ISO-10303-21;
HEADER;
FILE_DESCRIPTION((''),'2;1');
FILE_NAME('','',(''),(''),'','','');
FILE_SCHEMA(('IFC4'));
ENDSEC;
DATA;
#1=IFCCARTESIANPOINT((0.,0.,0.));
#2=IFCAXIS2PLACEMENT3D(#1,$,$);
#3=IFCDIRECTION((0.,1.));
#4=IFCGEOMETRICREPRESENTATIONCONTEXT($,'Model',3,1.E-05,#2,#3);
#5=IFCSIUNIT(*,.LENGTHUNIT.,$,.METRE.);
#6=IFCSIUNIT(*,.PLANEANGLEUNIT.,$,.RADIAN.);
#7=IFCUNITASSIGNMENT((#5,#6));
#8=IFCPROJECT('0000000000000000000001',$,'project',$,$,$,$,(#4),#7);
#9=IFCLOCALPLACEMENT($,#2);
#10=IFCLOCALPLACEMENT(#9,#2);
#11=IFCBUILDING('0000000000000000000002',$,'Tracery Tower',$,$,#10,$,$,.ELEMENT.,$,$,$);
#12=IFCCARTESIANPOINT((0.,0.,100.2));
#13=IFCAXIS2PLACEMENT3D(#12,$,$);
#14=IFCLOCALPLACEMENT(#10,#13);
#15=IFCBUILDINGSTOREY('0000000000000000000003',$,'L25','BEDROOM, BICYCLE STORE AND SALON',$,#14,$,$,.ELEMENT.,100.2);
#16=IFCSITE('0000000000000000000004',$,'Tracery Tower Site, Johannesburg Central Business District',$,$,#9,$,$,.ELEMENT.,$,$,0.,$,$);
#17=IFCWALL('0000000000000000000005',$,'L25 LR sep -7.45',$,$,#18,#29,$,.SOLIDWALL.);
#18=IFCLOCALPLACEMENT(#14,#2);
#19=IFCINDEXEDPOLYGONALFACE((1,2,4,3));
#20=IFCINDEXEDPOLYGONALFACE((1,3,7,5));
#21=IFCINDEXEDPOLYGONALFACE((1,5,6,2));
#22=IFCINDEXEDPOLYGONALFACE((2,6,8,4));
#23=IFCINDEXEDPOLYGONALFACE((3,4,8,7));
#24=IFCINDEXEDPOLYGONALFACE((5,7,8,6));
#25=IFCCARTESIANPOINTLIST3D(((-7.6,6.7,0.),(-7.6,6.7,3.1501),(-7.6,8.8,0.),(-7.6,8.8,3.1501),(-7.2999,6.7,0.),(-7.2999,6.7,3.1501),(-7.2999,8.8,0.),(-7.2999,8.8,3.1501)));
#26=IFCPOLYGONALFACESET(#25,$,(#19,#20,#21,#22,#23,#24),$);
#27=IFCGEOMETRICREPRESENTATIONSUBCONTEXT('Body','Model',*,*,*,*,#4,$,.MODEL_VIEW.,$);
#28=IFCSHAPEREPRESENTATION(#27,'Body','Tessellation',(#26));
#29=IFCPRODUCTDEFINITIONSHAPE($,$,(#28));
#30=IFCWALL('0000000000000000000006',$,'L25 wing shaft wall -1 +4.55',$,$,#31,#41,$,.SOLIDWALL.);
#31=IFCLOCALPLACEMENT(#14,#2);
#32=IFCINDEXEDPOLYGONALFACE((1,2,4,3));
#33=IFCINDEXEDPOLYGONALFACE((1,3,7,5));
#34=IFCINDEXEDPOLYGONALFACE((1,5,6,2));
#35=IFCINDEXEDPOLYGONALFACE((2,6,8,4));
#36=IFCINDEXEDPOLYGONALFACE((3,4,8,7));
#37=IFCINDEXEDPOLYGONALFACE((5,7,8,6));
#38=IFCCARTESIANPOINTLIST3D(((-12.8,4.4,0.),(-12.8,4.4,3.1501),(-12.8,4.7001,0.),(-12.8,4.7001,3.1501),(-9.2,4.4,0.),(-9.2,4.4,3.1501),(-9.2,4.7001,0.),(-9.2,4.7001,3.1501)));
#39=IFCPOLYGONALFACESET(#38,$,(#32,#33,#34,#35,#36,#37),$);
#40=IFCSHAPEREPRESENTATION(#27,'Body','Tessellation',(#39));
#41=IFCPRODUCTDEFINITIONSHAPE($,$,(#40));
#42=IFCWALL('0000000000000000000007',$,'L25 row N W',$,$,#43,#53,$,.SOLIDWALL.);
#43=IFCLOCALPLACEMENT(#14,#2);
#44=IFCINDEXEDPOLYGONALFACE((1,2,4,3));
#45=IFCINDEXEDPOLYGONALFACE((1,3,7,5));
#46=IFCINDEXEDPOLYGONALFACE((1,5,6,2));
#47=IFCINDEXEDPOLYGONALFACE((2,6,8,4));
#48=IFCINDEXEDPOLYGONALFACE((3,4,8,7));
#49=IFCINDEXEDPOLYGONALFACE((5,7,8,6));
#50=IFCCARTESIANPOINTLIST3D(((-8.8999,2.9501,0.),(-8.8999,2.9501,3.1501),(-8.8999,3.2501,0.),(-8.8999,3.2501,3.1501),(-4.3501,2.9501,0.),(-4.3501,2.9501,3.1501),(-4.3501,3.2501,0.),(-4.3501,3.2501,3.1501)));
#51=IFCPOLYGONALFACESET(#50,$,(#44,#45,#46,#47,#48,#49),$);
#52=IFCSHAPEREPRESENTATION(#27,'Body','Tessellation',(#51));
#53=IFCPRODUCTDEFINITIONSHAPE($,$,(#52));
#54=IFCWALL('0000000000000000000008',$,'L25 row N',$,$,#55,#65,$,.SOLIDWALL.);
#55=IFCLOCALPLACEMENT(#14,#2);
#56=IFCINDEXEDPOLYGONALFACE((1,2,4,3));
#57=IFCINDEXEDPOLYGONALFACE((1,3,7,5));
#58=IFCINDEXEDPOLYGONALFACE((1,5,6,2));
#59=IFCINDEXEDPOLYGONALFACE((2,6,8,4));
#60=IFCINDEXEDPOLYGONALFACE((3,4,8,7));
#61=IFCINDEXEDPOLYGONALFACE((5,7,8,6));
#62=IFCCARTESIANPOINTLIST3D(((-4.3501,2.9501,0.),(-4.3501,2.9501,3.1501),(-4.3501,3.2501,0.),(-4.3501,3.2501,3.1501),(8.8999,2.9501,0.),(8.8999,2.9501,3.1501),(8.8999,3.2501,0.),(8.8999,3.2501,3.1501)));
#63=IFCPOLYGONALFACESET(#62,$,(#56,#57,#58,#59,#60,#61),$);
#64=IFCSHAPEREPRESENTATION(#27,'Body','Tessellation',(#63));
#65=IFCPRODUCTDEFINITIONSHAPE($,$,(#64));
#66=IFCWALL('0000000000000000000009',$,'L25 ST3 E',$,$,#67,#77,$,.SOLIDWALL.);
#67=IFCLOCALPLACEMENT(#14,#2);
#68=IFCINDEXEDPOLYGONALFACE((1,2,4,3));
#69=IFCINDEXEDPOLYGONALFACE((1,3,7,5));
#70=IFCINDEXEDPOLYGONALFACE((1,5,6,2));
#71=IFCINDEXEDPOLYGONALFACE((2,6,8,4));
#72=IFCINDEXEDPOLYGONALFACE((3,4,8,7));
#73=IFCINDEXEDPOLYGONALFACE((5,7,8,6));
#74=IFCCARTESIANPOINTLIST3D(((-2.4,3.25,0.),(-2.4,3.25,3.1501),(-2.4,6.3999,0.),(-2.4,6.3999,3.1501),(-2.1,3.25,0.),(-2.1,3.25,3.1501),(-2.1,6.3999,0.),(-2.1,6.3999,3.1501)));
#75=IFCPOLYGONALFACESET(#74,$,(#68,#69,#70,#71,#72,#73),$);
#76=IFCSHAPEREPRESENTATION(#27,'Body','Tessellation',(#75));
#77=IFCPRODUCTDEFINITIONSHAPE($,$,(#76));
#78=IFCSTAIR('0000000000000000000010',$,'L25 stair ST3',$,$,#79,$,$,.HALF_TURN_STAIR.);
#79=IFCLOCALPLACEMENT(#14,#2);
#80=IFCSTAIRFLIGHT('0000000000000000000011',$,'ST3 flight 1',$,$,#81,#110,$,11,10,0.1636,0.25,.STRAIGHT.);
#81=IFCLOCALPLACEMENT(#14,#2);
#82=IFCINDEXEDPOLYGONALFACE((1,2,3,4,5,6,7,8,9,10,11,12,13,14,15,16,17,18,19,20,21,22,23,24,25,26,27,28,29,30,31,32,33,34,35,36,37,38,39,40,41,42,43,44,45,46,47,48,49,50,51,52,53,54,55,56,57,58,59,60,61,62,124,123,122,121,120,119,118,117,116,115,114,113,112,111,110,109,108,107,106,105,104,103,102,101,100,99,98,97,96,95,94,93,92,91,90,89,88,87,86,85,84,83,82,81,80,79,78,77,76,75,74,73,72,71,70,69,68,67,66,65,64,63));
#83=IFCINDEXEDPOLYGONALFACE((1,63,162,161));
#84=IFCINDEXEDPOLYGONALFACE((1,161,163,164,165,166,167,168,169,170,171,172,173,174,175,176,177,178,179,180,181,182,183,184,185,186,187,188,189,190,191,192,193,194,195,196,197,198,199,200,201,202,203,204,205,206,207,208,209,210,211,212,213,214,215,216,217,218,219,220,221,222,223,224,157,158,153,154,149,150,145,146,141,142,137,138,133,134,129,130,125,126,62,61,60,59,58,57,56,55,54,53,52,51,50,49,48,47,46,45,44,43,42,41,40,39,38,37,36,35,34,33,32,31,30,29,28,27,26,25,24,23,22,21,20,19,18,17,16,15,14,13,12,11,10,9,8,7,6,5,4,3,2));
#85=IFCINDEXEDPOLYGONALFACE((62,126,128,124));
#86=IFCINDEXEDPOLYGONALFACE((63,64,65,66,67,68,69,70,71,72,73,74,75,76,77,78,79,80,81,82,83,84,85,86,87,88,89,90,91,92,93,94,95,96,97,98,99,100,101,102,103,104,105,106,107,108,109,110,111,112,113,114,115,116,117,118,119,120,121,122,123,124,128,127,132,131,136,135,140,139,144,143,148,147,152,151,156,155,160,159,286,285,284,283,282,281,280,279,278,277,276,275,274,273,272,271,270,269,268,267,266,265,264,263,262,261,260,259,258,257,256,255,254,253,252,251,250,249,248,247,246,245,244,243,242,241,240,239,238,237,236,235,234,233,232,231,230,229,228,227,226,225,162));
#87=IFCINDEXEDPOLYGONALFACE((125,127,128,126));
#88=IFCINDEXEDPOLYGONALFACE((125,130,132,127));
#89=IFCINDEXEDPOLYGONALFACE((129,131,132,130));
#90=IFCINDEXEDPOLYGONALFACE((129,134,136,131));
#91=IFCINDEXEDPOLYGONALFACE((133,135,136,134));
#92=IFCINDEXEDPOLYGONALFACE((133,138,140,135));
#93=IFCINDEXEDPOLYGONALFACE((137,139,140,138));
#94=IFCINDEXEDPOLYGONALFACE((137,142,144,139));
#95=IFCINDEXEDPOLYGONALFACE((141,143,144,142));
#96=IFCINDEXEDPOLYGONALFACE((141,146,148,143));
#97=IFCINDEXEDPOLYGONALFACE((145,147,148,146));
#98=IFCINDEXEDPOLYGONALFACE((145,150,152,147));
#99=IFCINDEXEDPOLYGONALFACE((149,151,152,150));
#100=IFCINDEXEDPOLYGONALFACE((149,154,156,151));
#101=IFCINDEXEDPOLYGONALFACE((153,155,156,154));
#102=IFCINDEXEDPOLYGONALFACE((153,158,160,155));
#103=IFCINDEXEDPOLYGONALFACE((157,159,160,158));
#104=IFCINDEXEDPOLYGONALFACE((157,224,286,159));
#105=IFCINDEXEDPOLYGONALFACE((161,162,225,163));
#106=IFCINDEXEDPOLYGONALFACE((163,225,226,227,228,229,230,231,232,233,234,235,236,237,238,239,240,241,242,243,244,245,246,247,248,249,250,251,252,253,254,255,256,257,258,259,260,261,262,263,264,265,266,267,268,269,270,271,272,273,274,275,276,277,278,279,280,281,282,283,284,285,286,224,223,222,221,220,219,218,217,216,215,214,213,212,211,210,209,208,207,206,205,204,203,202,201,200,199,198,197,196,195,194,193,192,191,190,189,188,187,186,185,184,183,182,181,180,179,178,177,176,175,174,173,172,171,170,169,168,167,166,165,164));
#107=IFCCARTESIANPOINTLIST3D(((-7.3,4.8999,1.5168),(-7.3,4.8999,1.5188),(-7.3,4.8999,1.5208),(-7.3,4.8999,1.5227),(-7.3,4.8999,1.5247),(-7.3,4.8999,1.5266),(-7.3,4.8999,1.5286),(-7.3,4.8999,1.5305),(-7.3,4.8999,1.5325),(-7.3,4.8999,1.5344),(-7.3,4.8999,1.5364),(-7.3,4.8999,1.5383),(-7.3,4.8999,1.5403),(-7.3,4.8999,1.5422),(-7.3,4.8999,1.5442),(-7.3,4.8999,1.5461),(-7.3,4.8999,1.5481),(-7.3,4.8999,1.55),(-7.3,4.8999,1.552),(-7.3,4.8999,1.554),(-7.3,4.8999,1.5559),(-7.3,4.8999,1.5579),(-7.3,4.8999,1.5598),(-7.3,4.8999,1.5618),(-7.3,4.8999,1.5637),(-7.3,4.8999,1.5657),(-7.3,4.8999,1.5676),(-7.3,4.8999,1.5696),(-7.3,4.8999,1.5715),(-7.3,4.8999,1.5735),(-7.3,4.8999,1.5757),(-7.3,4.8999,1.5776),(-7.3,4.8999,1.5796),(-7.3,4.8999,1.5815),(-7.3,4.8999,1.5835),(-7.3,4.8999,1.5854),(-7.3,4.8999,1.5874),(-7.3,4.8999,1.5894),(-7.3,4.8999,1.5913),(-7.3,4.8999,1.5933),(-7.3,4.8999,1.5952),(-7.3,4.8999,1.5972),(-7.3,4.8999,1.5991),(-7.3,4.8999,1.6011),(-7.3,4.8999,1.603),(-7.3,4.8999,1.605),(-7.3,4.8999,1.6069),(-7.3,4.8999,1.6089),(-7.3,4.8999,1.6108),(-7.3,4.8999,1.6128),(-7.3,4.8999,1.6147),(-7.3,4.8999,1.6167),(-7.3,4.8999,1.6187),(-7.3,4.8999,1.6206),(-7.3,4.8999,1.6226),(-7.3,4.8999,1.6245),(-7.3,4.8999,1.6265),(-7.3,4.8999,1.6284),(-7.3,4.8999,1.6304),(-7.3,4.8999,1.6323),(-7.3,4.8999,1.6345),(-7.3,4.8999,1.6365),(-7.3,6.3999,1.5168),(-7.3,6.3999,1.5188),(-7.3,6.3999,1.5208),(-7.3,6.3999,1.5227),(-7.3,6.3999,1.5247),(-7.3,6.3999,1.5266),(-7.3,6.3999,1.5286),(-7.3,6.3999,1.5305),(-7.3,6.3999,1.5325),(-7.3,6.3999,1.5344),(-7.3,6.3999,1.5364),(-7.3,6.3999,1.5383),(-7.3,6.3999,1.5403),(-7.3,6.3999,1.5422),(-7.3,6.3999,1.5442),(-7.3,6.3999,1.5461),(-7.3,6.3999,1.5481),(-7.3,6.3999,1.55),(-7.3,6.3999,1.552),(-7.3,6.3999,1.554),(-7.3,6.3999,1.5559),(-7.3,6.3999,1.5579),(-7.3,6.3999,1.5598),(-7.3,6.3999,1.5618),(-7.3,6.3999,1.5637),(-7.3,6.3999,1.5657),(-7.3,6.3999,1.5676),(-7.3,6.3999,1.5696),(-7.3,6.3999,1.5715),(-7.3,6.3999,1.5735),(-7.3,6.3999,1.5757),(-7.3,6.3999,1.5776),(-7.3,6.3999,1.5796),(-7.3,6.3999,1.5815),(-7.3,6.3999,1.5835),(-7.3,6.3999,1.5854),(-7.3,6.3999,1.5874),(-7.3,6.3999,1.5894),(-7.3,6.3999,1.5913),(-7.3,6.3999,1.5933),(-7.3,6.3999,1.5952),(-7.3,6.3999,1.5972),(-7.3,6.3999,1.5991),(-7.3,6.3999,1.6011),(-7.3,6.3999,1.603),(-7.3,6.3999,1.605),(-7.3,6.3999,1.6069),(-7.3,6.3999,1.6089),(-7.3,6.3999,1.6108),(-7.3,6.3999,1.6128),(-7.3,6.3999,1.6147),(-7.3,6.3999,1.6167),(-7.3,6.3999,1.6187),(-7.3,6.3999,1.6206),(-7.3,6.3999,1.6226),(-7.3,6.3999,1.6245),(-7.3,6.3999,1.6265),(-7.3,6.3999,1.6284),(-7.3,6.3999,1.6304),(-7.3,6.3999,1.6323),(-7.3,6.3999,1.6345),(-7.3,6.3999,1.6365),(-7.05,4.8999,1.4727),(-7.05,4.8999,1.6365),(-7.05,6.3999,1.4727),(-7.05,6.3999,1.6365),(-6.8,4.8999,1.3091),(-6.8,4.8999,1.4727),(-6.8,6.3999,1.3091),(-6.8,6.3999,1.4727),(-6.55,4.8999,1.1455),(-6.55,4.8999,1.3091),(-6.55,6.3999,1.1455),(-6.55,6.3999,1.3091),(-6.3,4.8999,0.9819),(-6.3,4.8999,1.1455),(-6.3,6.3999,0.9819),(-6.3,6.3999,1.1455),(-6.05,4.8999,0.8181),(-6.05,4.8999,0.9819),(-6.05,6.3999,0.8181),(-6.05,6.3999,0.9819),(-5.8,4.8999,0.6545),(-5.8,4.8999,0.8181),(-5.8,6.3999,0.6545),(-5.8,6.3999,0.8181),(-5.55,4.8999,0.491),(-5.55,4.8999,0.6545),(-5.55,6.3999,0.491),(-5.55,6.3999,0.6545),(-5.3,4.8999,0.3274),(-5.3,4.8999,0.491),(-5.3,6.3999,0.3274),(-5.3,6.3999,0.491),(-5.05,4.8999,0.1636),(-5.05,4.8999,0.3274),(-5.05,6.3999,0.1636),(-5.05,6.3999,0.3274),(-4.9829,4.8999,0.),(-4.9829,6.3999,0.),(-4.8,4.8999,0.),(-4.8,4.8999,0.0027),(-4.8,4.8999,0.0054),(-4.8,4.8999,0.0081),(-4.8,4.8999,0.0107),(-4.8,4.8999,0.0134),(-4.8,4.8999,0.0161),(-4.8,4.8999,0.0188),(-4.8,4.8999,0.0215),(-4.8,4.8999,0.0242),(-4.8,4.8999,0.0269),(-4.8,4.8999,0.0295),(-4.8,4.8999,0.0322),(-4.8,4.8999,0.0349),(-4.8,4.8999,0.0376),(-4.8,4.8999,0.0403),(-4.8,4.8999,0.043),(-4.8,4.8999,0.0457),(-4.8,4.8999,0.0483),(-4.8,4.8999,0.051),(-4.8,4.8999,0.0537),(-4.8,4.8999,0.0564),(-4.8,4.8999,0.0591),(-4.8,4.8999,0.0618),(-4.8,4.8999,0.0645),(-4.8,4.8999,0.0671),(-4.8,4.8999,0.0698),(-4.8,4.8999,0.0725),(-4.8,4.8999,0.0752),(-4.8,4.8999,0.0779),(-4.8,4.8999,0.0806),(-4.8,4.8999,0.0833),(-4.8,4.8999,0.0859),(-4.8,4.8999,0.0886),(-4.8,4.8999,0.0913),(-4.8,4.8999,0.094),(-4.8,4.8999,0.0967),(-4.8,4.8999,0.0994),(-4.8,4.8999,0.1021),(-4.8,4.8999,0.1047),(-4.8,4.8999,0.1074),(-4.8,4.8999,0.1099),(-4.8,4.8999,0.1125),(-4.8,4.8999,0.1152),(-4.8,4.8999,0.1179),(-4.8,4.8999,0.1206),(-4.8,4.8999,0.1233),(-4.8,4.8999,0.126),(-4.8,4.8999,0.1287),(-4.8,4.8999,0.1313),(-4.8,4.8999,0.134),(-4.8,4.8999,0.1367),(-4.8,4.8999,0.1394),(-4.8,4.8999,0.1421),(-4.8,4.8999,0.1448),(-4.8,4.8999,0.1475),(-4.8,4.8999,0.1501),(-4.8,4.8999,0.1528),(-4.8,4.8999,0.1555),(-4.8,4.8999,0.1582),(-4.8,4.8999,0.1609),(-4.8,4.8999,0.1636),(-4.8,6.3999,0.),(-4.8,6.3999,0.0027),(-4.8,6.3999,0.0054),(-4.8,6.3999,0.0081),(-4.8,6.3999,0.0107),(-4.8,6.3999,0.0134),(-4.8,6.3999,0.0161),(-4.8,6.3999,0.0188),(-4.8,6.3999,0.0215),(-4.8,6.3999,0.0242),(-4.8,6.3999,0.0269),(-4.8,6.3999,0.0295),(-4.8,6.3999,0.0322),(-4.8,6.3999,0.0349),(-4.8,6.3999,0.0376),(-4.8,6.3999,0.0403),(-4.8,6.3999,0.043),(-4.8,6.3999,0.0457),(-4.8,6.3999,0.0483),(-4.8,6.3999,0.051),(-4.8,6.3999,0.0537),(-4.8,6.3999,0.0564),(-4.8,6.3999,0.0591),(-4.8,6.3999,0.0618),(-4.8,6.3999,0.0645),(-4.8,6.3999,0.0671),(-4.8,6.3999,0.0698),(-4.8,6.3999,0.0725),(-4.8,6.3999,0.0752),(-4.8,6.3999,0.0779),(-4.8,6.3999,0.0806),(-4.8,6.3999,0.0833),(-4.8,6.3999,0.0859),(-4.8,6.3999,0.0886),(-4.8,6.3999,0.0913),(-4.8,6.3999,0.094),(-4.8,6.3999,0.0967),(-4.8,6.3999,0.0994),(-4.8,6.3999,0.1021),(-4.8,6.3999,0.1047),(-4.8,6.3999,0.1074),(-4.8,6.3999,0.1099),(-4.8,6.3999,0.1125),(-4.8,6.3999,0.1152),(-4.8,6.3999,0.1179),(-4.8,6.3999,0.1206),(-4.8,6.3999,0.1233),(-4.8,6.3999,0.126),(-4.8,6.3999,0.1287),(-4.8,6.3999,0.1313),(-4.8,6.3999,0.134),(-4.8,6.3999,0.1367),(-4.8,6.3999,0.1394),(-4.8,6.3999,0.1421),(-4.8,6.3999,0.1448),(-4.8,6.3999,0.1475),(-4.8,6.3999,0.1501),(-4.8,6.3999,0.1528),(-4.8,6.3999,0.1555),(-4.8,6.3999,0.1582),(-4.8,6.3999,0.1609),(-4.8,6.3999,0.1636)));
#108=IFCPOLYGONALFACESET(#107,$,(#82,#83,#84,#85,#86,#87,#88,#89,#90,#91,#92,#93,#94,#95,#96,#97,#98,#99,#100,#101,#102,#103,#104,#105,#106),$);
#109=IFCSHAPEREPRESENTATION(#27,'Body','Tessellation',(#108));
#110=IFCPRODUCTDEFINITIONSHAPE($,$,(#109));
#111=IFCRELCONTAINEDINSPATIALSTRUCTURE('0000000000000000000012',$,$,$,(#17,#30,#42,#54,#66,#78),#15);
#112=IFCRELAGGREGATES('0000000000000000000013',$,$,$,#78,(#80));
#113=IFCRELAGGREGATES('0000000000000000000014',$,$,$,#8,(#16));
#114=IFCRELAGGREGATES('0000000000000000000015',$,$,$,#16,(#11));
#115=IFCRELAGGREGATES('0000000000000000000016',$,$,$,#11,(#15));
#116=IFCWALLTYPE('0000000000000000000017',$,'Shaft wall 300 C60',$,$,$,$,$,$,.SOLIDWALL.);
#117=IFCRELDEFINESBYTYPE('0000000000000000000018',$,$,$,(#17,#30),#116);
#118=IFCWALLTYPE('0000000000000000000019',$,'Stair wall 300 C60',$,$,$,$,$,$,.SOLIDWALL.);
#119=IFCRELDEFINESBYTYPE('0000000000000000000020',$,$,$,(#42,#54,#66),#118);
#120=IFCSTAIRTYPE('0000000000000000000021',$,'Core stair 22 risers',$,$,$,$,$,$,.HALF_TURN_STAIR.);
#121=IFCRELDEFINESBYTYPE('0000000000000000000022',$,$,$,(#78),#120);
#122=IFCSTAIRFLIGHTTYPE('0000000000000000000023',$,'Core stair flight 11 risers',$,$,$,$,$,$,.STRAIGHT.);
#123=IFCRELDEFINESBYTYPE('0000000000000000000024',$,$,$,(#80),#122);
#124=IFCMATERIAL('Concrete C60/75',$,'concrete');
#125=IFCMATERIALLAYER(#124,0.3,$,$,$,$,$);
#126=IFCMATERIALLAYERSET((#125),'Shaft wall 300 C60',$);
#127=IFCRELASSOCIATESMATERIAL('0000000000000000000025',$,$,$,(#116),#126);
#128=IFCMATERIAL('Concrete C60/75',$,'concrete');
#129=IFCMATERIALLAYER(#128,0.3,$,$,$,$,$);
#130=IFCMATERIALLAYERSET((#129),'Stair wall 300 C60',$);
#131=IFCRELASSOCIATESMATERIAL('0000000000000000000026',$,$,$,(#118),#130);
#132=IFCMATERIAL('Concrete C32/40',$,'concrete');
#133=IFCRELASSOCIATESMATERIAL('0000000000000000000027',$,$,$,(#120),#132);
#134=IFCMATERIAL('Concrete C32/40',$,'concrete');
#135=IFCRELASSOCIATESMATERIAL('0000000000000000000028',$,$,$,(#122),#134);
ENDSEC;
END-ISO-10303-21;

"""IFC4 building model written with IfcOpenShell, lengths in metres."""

from ifc_helpers import new_model, si_unit, direction, frame, frame_2d, origin, place, context, subcontext, project, spatial, polyline, rectangle, outline, extrude, material, layer, layer_set, type_object, element, aggregate, save


model = new_model("IFC4")

# Units and contexts
model_context = context("Model", 3, precision=1e-05, world=origin(), true_north=direction((0.0, 1.0)))
body_context = subcontext(model_context, "Body", "Model", "MODEL_VIEW")
ifc_project = project(units=[si_unit("LENGTHUNIT", "METRE"), si_unit("PLANEANGLEUNIT", "RADIAN")], contexts=[model_context])

# Site, building, storey
site_placement = place(None, origin())
site = spatial("IfcSite", under=ifc_project, at=site_placement, Name="Tracery Tower Site, Johannesburg Central Business District", CompositionType="ELEMENT", RefElevation=0.0)
building_placement = place(site_placement, origin())
building = spatial("IfcBuilding", under=site, at=building_placement, Name="Tracery Tower", CompositionType="ELEMENT")
storey_placement = place(building_placement, frame((0.0, 0.0, 100.2)))
storey = spatial("IfcBuildingStorey", under=building, at=storey_placement, Name="L25", Description="BEDROOM, BICYCLE STORE AND SALON", CompositionType="ELEMENT", Elevation=100.2)

# Wall
ifc_material_1 = material(Name="Concrete C60/75", Category="concrete")
ifc_layer_1 = layer(ifc_material_1, 0.3)
ifc_layer_set_1 = layer_set([ifc_layer_1], Name="Shaft wall 300 C60")
wall_type_1 = type_object("IfcWallType", Name="Shaft wall 300 C60", PredefinedType="SOLIDWALL", material=ifc_layer_set_1)
wall_1_placement = place(storey_placement, frame((-7.45, 6.7, 0.0), z_axis=(0.0, 0.0, 1.0), x_axis=(0.0, 1.0, 0.0)))
element("IfcWall", 1, at=wall_1_placement, inside=storey, type_object=wall_type_1, Name="L25 LR sep -7.45", PredefinedType="SOLIDWALL", context=body_context, shape_type="SweptSolid", body=[
    extrude(rectangle(XDim=2.1001, YDim=0.3, at=frame_2d((1.05, 0.0))), origin(), (0.0, 0.0, 1.0), 3.1501),
])

# Wall
wall_2_placement = place(storey_placement, frame((-12.8, 4.55, 0.0), z_axis=(0.0, 0.0, 1.0), x_axis=(1.0, 0.0, 0.0)))
element("IfcWall", 2, at=wall_2_placement, inside=storey, type_object=wall_type_1, Name="L25 wing shaft wall -1 +4.55", PredefinedType="SOLIDWALL", context=body_context, shape_type="SweptSolid", body=[
    extrude(rectangle(XDim=3.6001, YDim=0.3, at=frame_2d((1.8, 0.0))), origin(), (0.0, 0.0, 1.0), 3.1501),
])

# Walls
ifc_material_2 = material(Name="Concrete C60/75", Category="concrete")
ifc_layer_2 = layer(ifc_material_2, 0.3)
ifc_layer_set_2 = layer_set([ifc_layer_2], Name="Stair wall 300 C60")
wall_type_2 = type_object("IfcWallType", Name="Stair wall 300 C60", PredefinedType="SOLIDWALL", material=ifc_layer_set_2)
wall_3_placement = place(storey_placement, frame((-8.8999, 3.1001, 0.0), z_axis=(0.0, 0.0, 1.0), x_axis=(1.0, 0.0, 0.0)))
element("IfcWall", 3, at=wall_3_placement, inside=storey, type_object=wall_type_2, Name="L25 row N W", PredefinedType="SOLIDWALL", context=body_context, shape_type="SweptSolid", body=[
    extrude(rectangle(XDim=4.5498, YDim=0.3, at=frame_2d((2.2749, 0.0))), origin(), (0.0, 0.0, 1.0), 3.1501),
])
wall_4_placement = place(storey_placement, frame((-4.3501, 3.1001, 0.0), z_axis=(0.0, 0.0, 1.0), x_axis=(1.0, 0.0, 0.0)))
element("IfcWall", 4, at=wall_4_placement, inside=storey, type_object=wall_type_2, Name="L25 row N", PredefinedType="SOLIDWALL", context=body_context, shape_type="SweptSolid", body=[
    extrude(rectangle(XDim=13.25, YDim=0.3, at=frame_2d((6.625, 0.0))), origin(), (0.0, 0.0, 1.0), 3.1501),
])
wall_5_placement = place(storey_placement, frame((-2.25, 3.25, 0.0), z_axis=(0.0, 0.0, 1.0), x_axis=(0.0, 1.0, 0.0)))
element("IfcWall", 5, at=wall_5_placement, inside=storey, type_object=wall_type_2, Name="L25 ST3 E", PredefinedType="SOLIDWALL", context=body_context, shape_type="SweptSolid", body=[
    extrude(rectangle(XDim=3.1499, YDim=0.3, at=frame_2d((1.575, 0.0))), origin(), (0.0, 0.0, 1.0), 3.1501),
])

# Stair, stair flight
ifc_material_3 = material(Name="Concrete C32/40", Category="concrete")
stair_type = type_object("IfcStairType", Name="Core stair 22 risers", PredefinedType="HALF_TURN_STAIR", material=ifc_material_3)
stair_placement = place(storey_placement, origin())
stair = element("IfcStair", 6, at=stair_placement, inside=storey, type_object=stair_type, Name="L25 stair ST3", PredefinedType="HALF_TURN_STAIR")
ifc_material_4 = material(Name="Concrete C32/40", Category="concrete")
stair_flight_type = type_object("IfcStairFlightType", Name="Core stair flight 11 risers", PredefinedType="STRAIGHT", material=ifc_material_4)
stair_flight_1_placement = place(storey_placement, frame((-4.8, 5.6499, 0.0), z_axis=(0.0, 0.0, 1.0), x_axis=(-1.0, 0.0, 0.0)))
stair_flight_1 = element("IfcStairFlight", 7, at=stair_flight_1_placement, type_object=stair_flight_type, Name="ST3 flight 1", NumberOfRisers=11, NumberOfTreads=10, PredefinedType="STRAIGHT", RiserHeight=0.1636, TreadLength=0.25, context=body_context, shape_type="SweptSolid", body=[
    extrude(outline(polyline([(0.0, 0.0), (0.0, 0.0027), (0.0, 0.0054), (0.0, 0.0081), (0.0, 0.0107), (0.0, 0.0134), (0.0, 0.0161), (0.0, 0.0188), (0.0, 0.0215), (0.0, 0.0242), (0.0, 0.0269), (0.0, 0.0295), (0.0, 0.0322), (0.0, 0.0349), (0.0, 0.0376), (0.0, 0.0403), (0.0, 0.043), (0.0, 0.0457), (0.0, 0.0483), (0.0, 0.051), (0.0, 0.0537), (0.0, 0.0564), (0.0, 0.0591), (0.0, 0.0618), (0.0, 0.0645), (0.0, 0.0671), (0.0, 0.0698), (0.0, 0.0725), (0.0, 0.0752), (0.0, 0.0779), (0.0, 0.0806), (0.0, 0.0833), (0.0, 0.0859), (0.0, 0.0886), (0.0, 0.0913), (0.0, 0.094), (0.0, 0.0967), (0.0, 0.0994), (0.0, 0.1021), (0.0, 0.1047), (0.0, 0.1074), (0.0, 0.1099), (0.0, 0.1125), (0.0, 0.1152), (0.0, 0.1179), (0.0, 0.1206), (0.0, 0.1233), (0.0, 0.126), (0.0, 0.1287), (0.0, 0.1313), (0.0, 0.134), (0.0, 0.1367), (0.0, 0.1394), (0.0, 0.1421), (0.0, 0.1448), (0.0, 0.1475), (0.0, 0.1501), (0.0, 0.1528), (0.0, 0.1555), (0.0, 0.1582), (0.0, 0.1609), (0.0, 0.1636), (0.25, 0.1636), (0.25, 0.3274), (0.5, 0.3274), (0.5, 0.491), (0.75, 0.491), (0.75, 0.6545), (1.0, 0.6545), (1.0, 0.8181), (1.25, 0.8181), (1.25, 0.9819), (1.5, 0.9819), (1.5, 1.1455), (1.75, 1.1455), (1.75, 1.3091), (2.0, 1.3091), (2.0, 1.4727), (2.25, 1.4727), (2.25, 1.6365), (2.5, 1.6365), (2.5, 1.6345), (2.5, 1.6323), (2.5, 1.6304), (2.5, 1.6284), (2.5, 1.6265), (2.5, 1.6245), (2.5, 1.6226), (2.5, 1.6206), (2.5, 1.6187), (2.5, 1.6167), (2.5, 1.6147), (2.5, 1.6128), (2.5, 1.6108), (2.5, 1.6089), (2.5, 1.6069), (2.5, 1.605), (2.5, 1.603), (2.5, 1.6011), (2.5, 1.5991), (2.5, 1.5972), (2.5, 1.5952), (2.5, 1.5933), (2.5, 1.5913), (2.5, 1.5894), (2.5, 1.5874), (2.5, 1.5854), (2.5, 1.5835), (2.5, 1.5815), (2.5, 1.5796), (2.5, 1.5776), (2.5, 1.5757), (2.5, 1.5735), (2.5, 1.5715), (2.5, 1.5696), (2.5, 1.5676), (2.5, 1.5657), (2.5, 1.5637), (2.5, 1.5618), (2.5, 1.5598), (2.5, 1.5579), (2.5, 1.5559), (2.5, 1.554), (2.5, 1.552), (2.5, 1.55), (2.5, 1.5481), (2.5, 1.5461), (2.5, 1.5442), (2.5, 1.5422), (2.5, 1.5403), (2.5, 1.5383), (2.5, 1.5364), (2.5, 1.5344), (2.5, 1.5325), (2.5, 1.5305), (2.5, 1.5286), (2.5, 1.5266), (2.5, 1.5247), (2.5, 1.5227), (2.5, 1.5208), (2.5, 1.5188), (2.5, 1.5168), (0.1829, 0.0), (0.0, 0.0)])), frame((0.0, 0.75, 0.0), z_axis=(0.0, -1.0, 0.0), x_axis=(1.0, 0.0, 0.0)), (0.0, 0.0, 1.0), 1.5),
])
aggregate(stair, [stair_flight_1])

save(model, "model.ifc")
